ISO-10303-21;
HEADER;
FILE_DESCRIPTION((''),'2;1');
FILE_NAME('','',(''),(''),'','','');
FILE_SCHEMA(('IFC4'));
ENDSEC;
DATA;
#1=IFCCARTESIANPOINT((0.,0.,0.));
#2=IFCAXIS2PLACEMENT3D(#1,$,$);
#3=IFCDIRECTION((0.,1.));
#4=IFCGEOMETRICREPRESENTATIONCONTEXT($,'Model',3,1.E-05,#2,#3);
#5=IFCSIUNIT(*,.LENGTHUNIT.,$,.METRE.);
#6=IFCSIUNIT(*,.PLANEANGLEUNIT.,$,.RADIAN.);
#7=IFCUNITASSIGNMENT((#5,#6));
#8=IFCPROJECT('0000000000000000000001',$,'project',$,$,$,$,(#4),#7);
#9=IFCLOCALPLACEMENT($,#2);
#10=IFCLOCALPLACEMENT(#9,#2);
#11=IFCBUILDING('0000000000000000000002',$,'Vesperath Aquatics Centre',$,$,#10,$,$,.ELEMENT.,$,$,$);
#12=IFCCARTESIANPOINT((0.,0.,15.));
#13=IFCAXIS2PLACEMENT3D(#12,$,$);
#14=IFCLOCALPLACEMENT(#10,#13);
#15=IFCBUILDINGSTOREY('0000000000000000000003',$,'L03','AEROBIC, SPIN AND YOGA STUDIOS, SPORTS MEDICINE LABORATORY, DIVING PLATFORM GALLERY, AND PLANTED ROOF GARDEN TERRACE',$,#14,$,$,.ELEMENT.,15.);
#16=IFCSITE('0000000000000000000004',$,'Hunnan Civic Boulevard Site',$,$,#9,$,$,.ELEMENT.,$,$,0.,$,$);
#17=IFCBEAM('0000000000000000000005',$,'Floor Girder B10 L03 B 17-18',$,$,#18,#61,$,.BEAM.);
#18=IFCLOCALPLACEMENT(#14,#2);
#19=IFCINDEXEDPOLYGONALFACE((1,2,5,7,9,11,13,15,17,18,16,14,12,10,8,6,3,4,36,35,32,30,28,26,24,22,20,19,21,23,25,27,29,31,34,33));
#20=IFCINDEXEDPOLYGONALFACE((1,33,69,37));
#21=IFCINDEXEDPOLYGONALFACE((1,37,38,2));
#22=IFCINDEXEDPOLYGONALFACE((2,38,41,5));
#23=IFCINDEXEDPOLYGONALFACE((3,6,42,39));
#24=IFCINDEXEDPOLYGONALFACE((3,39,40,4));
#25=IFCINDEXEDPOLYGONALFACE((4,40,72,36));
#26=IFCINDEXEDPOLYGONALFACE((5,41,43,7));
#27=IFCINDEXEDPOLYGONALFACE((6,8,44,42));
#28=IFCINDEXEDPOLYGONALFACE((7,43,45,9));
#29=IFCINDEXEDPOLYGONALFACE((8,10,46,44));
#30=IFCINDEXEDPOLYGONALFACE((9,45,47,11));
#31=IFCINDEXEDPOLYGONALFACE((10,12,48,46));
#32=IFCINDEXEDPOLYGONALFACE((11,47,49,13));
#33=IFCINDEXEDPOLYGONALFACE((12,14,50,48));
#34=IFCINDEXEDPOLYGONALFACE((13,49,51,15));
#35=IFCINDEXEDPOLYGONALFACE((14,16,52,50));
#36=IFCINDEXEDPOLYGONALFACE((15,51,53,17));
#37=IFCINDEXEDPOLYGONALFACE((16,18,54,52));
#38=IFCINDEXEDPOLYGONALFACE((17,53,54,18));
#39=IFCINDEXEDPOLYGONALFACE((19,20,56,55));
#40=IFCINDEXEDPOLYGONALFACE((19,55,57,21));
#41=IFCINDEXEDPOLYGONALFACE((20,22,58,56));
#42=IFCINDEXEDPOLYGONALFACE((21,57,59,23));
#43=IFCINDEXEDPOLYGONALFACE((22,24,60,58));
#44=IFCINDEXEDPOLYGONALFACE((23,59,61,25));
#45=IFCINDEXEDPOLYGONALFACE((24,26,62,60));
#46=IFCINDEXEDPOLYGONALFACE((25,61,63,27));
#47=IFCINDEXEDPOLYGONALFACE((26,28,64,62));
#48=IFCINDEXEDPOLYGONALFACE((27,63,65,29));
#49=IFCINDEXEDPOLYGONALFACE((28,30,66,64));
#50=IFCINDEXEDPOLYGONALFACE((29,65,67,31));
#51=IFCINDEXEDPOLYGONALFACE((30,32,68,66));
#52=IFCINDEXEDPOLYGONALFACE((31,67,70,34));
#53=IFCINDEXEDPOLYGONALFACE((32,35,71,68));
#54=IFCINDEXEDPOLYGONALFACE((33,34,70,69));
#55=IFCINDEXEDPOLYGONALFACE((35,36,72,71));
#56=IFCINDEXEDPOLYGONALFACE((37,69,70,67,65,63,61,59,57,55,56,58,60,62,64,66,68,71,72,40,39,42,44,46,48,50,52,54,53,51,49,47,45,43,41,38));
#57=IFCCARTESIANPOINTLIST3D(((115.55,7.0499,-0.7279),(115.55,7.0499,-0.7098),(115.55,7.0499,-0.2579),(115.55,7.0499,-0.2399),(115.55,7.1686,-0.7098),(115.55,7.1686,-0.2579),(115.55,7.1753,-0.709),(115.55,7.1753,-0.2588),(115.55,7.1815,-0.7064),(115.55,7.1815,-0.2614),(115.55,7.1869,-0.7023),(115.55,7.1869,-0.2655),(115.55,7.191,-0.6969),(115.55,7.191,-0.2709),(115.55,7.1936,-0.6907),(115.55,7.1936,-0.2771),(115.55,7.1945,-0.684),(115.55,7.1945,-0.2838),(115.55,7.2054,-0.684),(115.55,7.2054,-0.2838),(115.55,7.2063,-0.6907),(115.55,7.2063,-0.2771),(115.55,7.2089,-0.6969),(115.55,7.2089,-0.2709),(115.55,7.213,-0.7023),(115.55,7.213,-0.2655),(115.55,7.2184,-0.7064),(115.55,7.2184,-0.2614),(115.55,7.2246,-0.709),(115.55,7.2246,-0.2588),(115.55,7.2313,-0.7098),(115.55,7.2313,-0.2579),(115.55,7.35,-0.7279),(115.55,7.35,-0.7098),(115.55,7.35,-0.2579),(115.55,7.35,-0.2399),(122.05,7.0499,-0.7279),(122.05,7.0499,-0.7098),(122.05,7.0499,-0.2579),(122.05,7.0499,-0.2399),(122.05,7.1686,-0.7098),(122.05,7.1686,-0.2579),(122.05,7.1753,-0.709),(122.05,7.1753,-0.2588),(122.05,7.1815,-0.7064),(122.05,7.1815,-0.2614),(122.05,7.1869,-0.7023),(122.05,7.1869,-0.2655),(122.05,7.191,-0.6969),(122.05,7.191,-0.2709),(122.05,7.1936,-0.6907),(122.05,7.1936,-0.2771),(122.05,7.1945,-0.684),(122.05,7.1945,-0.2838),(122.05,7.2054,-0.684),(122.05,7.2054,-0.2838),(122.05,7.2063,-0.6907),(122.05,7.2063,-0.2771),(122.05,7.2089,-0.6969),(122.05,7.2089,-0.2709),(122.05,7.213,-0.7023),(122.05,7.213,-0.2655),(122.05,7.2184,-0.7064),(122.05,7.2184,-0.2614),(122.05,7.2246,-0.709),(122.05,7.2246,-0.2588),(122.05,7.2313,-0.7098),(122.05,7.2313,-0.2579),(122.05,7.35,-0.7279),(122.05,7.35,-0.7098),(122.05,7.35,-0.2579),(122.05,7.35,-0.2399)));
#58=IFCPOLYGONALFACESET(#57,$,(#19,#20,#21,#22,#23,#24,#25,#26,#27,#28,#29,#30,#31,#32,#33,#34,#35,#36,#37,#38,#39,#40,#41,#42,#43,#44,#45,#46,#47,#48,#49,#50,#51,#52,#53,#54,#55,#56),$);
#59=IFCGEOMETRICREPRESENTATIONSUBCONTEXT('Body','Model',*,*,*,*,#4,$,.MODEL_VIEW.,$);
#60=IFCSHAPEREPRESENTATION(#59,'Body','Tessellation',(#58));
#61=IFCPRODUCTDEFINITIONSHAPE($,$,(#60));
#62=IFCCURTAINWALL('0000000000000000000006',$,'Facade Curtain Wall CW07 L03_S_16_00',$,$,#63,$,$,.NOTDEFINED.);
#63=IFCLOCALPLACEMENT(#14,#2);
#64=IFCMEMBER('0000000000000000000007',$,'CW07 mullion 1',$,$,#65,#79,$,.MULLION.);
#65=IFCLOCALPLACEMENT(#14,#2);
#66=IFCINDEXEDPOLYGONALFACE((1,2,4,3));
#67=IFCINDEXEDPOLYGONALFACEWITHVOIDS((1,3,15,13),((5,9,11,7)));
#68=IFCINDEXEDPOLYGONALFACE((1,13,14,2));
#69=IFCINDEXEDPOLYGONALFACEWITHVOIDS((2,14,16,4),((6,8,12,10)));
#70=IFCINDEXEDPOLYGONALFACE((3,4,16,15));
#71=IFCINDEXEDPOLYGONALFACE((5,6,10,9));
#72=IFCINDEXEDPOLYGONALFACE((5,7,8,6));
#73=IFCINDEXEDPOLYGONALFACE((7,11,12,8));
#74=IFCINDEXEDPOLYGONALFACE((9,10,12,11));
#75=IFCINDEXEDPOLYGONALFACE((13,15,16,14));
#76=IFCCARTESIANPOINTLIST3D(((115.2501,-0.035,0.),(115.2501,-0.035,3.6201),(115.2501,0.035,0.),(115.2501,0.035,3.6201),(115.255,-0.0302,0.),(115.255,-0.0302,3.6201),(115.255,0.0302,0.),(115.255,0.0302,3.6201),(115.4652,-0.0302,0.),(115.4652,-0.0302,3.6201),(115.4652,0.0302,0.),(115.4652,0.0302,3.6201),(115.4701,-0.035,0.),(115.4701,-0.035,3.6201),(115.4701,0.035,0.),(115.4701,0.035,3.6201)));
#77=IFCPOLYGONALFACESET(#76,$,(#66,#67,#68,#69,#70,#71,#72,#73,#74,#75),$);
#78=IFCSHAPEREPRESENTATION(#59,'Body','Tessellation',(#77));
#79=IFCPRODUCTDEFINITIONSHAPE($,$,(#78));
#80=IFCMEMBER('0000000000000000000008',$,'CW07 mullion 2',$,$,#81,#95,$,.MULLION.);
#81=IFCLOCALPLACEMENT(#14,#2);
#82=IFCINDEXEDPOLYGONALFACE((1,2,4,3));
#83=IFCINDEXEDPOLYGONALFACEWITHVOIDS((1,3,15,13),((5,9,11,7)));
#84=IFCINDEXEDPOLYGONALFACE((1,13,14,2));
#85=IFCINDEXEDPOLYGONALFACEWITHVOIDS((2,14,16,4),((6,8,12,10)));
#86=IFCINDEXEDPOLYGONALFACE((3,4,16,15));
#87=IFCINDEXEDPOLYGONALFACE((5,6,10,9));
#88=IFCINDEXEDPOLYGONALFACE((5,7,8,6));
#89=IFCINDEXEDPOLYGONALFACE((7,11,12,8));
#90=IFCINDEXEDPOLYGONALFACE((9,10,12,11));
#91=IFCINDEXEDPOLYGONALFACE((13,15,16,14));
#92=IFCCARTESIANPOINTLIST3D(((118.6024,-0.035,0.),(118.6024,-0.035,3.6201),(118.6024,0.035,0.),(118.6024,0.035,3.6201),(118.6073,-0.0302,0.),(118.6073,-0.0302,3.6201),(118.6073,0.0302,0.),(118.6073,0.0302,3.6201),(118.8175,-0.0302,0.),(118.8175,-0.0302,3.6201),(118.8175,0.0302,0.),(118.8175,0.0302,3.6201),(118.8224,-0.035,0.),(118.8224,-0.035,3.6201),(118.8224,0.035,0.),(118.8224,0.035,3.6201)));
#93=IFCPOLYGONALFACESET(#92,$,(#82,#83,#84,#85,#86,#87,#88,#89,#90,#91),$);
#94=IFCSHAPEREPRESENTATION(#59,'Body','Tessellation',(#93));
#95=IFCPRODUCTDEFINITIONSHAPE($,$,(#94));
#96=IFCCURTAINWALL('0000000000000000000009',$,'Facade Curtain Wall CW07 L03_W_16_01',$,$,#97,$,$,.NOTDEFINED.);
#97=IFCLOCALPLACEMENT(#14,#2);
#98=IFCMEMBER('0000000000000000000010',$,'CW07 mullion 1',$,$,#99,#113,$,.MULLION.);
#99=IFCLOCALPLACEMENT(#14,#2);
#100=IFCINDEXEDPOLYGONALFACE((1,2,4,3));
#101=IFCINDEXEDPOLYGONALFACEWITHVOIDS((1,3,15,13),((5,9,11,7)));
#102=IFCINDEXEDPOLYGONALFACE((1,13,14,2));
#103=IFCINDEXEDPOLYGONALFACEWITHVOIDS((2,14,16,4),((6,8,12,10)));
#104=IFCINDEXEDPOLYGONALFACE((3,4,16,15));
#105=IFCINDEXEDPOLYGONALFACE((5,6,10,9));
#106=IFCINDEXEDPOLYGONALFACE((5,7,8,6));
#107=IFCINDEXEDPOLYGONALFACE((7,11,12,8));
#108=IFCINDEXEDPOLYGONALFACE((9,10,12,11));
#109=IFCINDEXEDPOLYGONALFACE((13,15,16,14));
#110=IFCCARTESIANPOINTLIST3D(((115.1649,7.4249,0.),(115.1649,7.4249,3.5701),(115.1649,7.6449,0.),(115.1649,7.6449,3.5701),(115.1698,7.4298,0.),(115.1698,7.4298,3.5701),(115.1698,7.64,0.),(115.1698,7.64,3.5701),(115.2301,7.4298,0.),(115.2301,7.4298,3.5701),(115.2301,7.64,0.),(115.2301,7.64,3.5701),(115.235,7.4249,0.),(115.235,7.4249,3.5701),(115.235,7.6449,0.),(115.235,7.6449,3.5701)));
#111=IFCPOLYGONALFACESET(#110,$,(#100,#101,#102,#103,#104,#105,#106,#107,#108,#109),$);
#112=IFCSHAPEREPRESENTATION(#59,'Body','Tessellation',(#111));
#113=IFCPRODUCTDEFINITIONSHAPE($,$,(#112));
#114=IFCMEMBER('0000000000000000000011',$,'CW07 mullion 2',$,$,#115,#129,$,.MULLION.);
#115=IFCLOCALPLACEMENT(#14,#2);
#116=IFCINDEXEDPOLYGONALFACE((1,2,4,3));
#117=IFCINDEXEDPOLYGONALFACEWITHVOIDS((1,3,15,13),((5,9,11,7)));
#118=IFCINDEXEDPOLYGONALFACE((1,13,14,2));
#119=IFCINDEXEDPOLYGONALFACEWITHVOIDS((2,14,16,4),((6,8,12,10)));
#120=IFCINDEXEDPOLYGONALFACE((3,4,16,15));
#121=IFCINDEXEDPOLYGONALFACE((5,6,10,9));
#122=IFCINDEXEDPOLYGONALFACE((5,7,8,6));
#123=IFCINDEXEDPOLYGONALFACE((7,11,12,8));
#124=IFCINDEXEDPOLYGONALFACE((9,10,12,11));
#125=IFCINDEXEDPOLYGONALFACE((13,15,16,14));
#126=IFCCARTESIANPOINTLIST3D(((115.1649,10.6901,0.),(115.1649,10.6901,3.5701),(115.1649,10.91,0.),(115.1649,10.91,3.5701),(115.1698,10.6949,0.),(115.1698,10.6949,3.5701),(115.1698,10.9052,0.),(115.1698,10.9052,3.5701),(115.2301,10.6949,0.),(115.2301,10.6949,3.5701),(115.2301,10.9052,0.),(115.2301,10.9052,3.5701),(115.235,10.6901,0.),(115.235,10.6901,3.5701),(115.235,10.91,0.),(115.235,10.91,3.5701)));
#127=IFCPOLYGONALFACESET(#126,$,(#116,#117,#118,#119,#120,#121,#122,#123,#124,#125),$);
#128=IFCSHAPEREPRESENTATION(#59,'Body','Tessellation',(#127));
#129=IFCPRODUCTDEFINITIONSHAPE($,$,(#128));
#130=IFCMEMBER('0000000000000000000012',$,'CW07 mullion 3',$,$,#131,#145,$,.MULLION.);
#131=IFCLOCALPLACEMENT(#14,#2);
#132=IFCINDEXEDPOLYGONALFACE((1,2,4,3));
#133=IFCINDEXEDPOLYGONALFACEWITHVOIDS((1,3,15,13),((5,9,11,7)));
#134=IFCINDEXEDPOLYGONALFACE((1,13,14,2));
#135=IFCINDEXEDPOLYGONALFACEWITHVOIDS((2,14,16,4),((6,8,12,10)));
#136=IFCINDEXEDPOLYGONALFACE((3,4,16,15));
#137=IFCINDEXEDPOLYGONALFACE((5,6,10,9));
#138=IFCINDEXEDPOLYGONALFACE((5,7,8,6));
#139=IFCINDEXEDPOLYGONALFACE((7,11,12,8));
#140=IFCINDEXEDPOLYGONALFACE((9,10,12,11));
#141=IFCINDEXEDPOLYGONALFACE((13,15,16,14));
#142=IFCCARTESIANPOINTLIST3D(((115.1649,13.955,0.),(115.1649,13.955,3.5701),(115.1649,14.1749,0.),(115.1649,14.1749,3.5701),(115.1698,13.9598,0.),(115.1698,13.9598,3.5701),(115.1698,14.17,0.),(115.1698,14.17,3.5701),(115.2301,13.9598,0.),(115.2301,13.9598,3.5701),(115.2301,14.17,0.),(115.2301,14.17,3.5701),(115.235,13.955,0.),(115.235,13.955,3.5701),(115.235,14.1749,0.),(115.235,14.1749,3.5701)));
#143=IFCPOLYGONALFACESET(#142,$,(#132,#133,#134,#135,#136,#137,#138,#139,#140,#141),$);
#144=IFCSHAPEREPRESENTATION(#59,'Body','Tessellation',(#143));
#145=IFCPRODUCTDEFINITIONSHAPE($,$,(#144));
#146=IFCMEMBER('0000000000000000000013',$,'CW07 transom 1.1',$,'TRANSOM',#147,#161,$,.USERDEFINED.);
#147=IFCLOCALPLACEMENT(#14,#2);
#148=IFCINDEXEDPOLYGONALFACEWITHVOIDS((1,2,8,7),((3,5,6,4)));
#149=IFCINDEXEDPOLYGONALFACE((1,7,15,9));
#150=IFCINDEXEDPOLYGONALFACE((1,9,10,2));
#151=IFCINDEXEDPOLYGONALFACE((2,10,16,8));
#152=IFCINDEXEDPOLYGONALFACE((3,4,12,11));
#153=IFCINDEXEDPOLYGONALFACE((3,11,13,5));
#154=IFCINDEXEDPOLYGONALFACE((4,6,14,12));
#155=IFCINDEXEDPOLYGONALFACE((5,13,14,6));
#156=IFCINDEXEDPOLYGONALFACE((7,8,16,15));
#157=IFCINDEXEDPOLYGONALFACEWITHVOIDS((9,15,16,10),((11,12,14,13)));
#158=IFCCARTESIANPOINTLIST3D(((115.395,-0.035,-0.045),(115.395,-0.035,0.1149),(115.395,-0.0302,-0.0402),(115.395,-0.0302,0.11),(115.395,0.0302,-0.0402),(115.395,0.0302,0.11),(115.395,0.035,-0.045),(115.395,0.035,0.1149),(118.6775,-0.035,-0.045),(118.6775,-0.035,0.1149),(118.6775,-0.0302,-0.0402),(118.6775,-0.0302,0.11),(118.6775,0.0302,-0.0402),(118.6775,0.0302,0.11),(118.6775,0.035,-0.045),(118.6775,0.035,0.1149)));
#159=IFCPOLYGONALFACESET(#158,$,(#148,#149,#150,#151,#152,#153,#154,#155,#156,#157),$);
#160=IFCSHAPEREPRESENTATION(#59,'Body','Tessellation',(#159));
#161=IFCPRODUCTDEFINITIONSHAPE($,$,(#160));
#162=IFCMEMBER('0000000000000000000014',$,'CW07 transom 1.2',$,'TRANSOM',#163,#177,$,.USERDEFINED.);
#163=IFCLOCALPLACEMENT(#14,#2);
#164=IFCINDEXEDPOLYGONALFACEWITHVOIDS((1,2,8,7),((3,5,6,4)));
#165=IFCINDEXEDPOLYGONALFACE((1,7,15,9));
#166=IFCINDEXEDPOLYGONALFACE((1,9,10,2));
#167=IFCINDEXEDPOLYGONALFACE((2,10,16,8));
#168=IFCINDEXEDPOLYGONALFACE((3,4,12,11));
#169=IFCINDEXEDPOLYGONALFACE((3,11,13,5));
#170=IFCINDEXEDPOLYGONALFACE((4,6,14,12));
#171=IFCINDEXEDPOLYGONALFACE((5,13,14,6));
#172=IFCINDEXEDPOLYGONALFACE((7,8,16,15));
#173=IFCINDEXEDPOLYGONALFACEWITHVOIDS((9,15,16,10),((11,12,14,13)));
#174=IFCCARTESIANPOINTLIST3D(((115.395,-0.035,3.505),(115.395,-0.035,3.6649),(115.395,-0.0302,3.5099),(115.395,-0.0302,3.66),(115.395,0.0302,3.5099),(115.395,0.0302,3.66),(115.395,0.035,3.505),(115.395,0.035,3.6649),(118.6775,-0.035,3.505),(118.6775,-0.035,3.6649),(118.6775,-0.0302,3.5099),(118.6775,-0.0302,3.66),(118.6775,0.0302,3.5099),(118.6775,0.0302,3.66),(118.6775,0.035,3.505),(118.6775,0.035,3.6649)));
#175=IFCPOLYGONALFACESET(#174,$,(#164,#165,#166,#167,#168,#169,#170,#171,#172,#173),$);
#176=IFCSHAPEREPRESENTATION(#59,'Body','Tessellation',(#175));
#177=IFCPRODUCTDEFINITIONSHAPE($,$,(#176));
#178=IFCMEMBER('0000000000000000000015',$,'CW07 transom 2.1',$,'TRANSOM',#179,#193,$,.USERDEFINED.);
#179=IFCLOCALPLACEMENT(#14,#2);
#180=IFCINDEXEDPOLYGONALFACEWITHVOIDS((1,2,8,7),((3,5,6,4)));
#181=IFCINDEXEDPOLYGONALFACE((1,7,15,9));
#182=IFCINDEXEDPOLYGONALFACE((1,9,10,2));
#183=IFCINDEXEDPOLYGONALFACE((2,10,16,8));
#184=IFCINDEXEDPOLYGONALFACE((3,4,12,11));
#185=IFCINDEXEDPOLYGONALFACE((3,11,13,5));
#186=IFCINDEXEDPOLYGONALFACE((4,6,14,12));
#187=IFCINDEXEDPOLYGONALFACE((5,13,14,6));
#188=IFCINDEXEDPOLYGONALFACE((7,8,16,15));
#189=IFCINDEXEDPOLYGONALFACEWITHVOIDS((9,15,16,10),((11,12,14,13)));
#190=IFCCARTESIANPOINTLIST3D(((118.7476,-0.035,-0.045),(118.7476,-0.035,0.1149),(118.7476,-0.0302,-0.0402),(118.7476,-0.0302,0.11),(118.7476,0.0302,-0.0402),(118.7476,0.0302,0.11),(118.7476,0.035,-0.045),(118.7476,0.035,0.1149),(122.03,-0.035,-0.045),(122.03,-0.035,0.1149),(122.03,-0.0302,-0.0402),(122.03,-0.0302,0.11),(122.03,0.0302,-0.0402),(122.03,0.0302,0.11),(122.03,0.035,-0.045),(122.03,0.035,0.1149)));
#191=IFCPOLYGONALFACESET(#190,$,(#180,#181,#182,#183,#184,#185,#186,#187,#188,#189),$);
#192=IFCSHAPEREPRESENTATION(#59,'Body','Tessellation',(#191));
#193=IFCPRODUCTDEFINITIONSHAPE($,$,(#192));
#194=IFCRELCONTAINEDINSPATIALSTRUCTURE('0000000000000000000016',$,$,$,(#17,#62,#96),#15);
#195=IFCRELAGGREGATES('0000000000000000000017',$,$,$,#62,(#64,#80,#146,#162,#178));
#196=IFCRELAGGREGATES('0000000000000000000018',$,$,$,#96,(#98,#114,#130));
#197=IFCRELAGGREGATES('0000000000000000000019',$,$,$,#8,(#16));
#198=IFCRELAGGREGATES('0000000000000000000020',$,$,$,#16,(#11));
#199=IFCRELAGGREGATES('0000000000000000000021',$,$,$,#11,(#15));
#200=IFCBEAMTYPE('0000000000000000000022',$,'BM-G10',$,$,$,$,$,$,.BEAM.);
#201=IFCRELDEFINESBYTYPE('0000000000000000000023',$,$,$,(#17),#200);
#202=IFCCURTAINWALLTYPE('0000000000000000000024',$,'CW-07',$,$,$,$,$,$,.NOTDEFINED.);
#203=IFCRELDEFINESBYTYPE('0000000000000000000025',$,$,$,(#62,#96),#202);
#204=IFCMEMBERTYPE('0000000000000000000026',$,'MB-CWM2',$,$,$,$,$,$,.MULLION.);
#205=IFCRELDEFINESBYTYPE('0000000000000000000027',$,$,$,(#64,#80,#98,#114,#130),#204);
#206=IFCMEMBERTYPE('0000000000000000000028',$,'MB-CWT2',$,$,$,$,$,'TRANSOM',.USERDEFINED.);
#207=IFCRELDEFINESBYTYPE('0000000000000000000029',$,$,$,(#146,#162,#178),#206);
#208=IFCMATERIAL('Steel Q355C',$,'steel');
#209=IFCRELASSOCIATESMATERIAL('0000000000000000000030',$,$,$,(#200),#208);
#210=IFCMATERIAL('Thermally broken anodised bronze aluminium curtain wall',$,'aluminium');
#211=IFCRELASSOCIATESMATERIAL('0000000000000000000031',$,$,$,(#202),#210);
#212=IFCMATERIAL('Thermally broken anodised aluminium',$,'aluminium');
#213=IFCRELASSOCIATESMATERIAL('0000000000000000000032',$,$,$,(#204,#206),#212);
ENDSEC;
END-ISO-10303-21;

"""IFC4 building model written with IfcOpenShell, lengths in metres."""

from ifc_helpers import new_model, si_unit, direction, frame, origin, origin_2d, place, context, subcontext, project, spatial, hollow_rectangle, i_section, extrude, material, material_profile, profile_set, type_object, element, aggregate, save


model = new_model("IFC4")

# Units and contexts
model_context = context("Model", 3, precision=1e-05, world=origin(), true_north=direction((0.0, 1.0)))
body_context = subcontext(model_context, "Body", "Model", "MODEL_VIEW")
ifc_project = project(units=[si_unit("LENGTHUNIT", "METRE"), si_unit("PLANEANGLEUNIT", "RADIAN")], contexts=[model_context])

# Site, building, storey
site_placement = place(None, origin())
site = spatial("IfcSite", under=ifc_project, at=site_placement, Name="Hunnan Civic Boulevard Site", CompositionType="ELEMENT", RefElevation=0.0)
building_placement = place(site_placement, origin())
building = spatial("IfcBuilding", under=site, at=building_placement, Name="Vesperath Aquatics Centre", CompositionType="ELEMENT")
storey_placement = place(building_placement, frame((0.0, 0.0, 15.0)))
storey = spatial("IfcBuildingStorey", under=building, at=storey_placement, Name="L03", Description="AEROBIC, SPIN AND YOGA STUDIOS, SPORTS MEDICINE LABORATORY, DIVING PLATFORM GALLERY, AND PLANTED ROOF GARDEN TERRACE", CompositionType="ELEMENT", Elevation=15.0)

# Shared definitions
ifc_material_1 = material(Name="Steel Q355C", Category="steel")

# Beam
ifc_material_profile_1 = material_profile(ifc_material_1, i_section(OverallWidth=0.3, OverallDepth=0.488, WebThickness=0.011, FlangeThickness=0.0181, FilletRadius=0.0259, at=origin_2d()), Name="HM 488x300x11x18")
ifc_profile_set_1 = profile_set([ifc_material_profile_1], Name="Steel Q355C")
beam_type_1 = type_object("IfcBeamType", Name="BM-G10", PredefinedType="BEAM", material=ifc_profile_set_1)
beam_1_placement = place(storey_placement, frame((115.55, 7.2, -0.4839), z_axis=(1.0, 0.0, 0.0), x_axis=(0.0, 1.0, 0.0)))
element("IfcBeam", 1, at=beam_1_placement, inside=storey, type_object=beam_type_1, Name="Floor Girder B10 L03 B 17-18", PredefinedType="BEAM", context=body_context, shape_type="SweptSolid", body=[
    extrude(i_section(OverallWidth=0.3, OverallDepth=0.488, WebThickness=0.011, FlangeThickness=0.0181, FilletRadius=0.0259, at=origin_2d()), origin(), (0.0, 0.0, 1.0), 6.5),
])

# Curtain walls, members
ifc_material_2 = material(Name="Thermally broken anodised bronze aluminium curtain wall", Category="aluminium")
curtain_wall_type = type_object("IfcCurtainWallType", Name="CW-07", PredefinedType="NOTDEFINED", material=ifc_material_2)
curtain_wall_1_placement = place(storey_placement, origin())
curtain_wall_1 = element("IfcCurtainWall", 2, at=curtain_wall_1_placement, inside=storey, type_object=curtain_wall_type, Name="Facade Curtain Wall CW07 L03_S_16_00", PredefinedType="NOTDEFINED")
ifc_material_3 = material(Name="Thermally broken anodised aluminium", Category="aluminium")
ifc_material_profile_2 = material_profile(ifc_material_3, hollow_rectangle(XDim=0.0701, YDim=0.22, WallThickness=0.0049, at=origin_2d()), Name="CWM 70x220x5")
ifc_profile_set_2 = profile_set([ifc_material_profile_2], Name="Thermally broken anodised aluminium")
member_type_1 = type_object("IfcMemberType", Name="MB-CWM2", PredefinedType="MULLION", material=ifc_profile_set_2)
member_1_placement = place(storey_placement, frame((115.3601, 0.0, 0.0), z_axis=(0.0, 0.0, 1.0), x_axis=(0.0, 1.0, 0.0)))
member_1 = element("IfcMember", 3, at=member_1_placement, type_object=member_type_1, Name="CW07 mullion 1", PredefinedType="MULLION", context=body_context, shape_type="SweptSolid", body=[
    extrude(hollow_rectangle(XDim=0.0701, YDim=0.22, WallThickness=0.0049, at=origin_2d()), origin(), (0.0, 0.0, 1.0), 3.6201),
])
member_2_placement = place(storey_placement, frame((118.7124, 0.0, 0.0), z_axis=(0.0, 0.0, 1.0), x_axis=(0.0, 1.0, 0.0)))
member_2 = element("IfcMember", 4, at=member_2_placement, type_object=member_type_1, Name="CW07 mullion 2", PredefinedType="MULLION", context=body_context, shape_type="SweptSolid", body=[
    extrude(hollow_rectangle(XDim=0.0701, YDim=0.22, WallThickness=0.0049, at=origin_2d()), origin(), (0.0, 0.0, 1.0), 3.6201),
])
curtain_wall_2_placement = place(storey_placement, origin())
curtain_wall_2 = element("IfcCurtainWall", 5, at=curtain_wall_2_placement, inside=storey, type_object=curtain_wall_type, Name="Facade Curtain Wall CW07 L03_W_16_01", PredefinedType="NOTDEFINED")
member_3_placement = place(storey_placement, frame((115.2, 7.5349, 0.0), z_axis=(0.0, 0.0, 1.0), x_axis=(-1.0, 0.0, 0.0)))
member_3 = element("IfcMember", 6, at=member_3_placement, type_object=member_type_1, Name="CW07 mullion 1", PredefinedType="MULLION", context=body_context, shape_type="SweptSolid", body=[
    extrude(hollow_rectangle(XDim=0.0701, YDim=0.22, WallThickness=0.0049, at=origin_2d()), origin(), (0.0, 0.0, 1.0), 3.5701),
])
member_4_placement = place(storey_placement, frame((115.2, 10.8, 0.0), z_axis=(0.0, 0.0, 1.0), x_axis=(-1.0, 0.0, 0.0)))
member_4 = element("IfcMember", 7, at=member_4_placement, type_object=member_type_1, Name="CW07 mullion 2", PredefinedType="MULLION", context=body_context, shape_type="SweptSolid", body=[
    extrude(hollow_rectangle(XDim=0.0701, YDim=0.22, WallThickness=0.0049, at=origin_2d()), origin(), (0.0, 0.0, 1.0), 3.5701),
])
member_5_placement = place(storey_placement, frame((115.2, 14.0649, 0.0), z_axis=(0.0, 0.0, 1.0), x_axis=(-1.0, 0.0, 0.0)))
member_5 = element("IfcMember", 8, at=member_5_placement, type_object=member_type_1, Name="CW07 mullion 3", PredefinedType="MULLION", context=body_context, shape_type="SweptSolid", body=[
    extrude(hollow_rectangle(XDim=0.0701, YDim=0.22, WallThickness=0.0049, at=origin_2d()), origin(), (0.0, 0.0, 1.0), 3.5701),
])

# Members
ifc_material_profile_3 = material_profile(ifc_material_3, hollow_rectangle(XDim=0.0701, YDim=0.1599, WallThickness=0.0049, at=origin_2d()), Name="CWT 70x160x5")
ifc_profile_set_3 = profile_set([ifc_material_profile_3], Name="Thermally broken anodised aluminium")
member_type_2 = type_object("IfcMemberType", Name="MB-CWT2", ElementType="TRANSOM", PredefinedType="USERDEFINED", material=ifc_profile_set_3)
member_6_placement = place(storey_placement, frame((115.395, 0.0, 0.0349), z_axis=(1.0, 0.0, 0.0), x_axis=(0.0, 1.0, 0.0)))
member_6 = element("IfcMember", 9, at=member_6_placement, type_object=member_type_2, Name="CW07 transom 1.1", ObjectType="TRANSOM", PredefinedType="USERDEFINED", context=body_context, shape_type="SweptSolid", body=[
    extrude(hollow_rectangle(XDim=0.0701, YDim=0.1599, WallThickness=0.0049, at=origin_2d()), origin(), (0.0, 0.0, 1.0), 3.2825),
])
member_7_placement = place(storey_placement, frame((115.395, 0.0, 3.585), z_axis=(1.0, 0.0, 0.0), x_axis=(0.0, 1.0, 0.0)))
member_7 = element("IfcMember", 10, at=member_7_placement, type_object=member_type_2, Name="CW07 transom 1.2", ObjectType="TRANSOM", PredefinedType="USERDEFINED", context=body_context, shape_type="SweptSolid", body=[
    extrude(hollow_rectangle(XDim=0.0701, YDim=0.1599, WallThickness=0.0049, at=origin_2d()), origin(), (0.0, 0.0, 1.0), 3.2825),
])
member_8_placement = place(storey_placement, frame((118.7476, 0.0, 0.0349), z_axis=(1.0, 0.0, 0.0), x_axis=(0.0, 1.0, 0.0)))
member_8 = element("IfcMember", 11, at=member_8_placement, type_object=member_type_2, Name="CW07 transom 2.1", ObjectType="TRANSOM", PredefinedType="USERDEFINED", context=body_context, shape_type="SweptSolid", body=[
    extrude(hollow_rectangle(XDim=0.0701, YDim=0.1599, WallThickness=0.0049, at=origin_2d()), origin(), (0.0, 0.0, 1.0), 3.2825),
])

aggregate(curtain_wall_1, [member_1, member_2, member_6, member_7, member_8])
aggregate(curtain_wall_2, [member_3, member_4, member_5])

save(model, "model.ifc")
